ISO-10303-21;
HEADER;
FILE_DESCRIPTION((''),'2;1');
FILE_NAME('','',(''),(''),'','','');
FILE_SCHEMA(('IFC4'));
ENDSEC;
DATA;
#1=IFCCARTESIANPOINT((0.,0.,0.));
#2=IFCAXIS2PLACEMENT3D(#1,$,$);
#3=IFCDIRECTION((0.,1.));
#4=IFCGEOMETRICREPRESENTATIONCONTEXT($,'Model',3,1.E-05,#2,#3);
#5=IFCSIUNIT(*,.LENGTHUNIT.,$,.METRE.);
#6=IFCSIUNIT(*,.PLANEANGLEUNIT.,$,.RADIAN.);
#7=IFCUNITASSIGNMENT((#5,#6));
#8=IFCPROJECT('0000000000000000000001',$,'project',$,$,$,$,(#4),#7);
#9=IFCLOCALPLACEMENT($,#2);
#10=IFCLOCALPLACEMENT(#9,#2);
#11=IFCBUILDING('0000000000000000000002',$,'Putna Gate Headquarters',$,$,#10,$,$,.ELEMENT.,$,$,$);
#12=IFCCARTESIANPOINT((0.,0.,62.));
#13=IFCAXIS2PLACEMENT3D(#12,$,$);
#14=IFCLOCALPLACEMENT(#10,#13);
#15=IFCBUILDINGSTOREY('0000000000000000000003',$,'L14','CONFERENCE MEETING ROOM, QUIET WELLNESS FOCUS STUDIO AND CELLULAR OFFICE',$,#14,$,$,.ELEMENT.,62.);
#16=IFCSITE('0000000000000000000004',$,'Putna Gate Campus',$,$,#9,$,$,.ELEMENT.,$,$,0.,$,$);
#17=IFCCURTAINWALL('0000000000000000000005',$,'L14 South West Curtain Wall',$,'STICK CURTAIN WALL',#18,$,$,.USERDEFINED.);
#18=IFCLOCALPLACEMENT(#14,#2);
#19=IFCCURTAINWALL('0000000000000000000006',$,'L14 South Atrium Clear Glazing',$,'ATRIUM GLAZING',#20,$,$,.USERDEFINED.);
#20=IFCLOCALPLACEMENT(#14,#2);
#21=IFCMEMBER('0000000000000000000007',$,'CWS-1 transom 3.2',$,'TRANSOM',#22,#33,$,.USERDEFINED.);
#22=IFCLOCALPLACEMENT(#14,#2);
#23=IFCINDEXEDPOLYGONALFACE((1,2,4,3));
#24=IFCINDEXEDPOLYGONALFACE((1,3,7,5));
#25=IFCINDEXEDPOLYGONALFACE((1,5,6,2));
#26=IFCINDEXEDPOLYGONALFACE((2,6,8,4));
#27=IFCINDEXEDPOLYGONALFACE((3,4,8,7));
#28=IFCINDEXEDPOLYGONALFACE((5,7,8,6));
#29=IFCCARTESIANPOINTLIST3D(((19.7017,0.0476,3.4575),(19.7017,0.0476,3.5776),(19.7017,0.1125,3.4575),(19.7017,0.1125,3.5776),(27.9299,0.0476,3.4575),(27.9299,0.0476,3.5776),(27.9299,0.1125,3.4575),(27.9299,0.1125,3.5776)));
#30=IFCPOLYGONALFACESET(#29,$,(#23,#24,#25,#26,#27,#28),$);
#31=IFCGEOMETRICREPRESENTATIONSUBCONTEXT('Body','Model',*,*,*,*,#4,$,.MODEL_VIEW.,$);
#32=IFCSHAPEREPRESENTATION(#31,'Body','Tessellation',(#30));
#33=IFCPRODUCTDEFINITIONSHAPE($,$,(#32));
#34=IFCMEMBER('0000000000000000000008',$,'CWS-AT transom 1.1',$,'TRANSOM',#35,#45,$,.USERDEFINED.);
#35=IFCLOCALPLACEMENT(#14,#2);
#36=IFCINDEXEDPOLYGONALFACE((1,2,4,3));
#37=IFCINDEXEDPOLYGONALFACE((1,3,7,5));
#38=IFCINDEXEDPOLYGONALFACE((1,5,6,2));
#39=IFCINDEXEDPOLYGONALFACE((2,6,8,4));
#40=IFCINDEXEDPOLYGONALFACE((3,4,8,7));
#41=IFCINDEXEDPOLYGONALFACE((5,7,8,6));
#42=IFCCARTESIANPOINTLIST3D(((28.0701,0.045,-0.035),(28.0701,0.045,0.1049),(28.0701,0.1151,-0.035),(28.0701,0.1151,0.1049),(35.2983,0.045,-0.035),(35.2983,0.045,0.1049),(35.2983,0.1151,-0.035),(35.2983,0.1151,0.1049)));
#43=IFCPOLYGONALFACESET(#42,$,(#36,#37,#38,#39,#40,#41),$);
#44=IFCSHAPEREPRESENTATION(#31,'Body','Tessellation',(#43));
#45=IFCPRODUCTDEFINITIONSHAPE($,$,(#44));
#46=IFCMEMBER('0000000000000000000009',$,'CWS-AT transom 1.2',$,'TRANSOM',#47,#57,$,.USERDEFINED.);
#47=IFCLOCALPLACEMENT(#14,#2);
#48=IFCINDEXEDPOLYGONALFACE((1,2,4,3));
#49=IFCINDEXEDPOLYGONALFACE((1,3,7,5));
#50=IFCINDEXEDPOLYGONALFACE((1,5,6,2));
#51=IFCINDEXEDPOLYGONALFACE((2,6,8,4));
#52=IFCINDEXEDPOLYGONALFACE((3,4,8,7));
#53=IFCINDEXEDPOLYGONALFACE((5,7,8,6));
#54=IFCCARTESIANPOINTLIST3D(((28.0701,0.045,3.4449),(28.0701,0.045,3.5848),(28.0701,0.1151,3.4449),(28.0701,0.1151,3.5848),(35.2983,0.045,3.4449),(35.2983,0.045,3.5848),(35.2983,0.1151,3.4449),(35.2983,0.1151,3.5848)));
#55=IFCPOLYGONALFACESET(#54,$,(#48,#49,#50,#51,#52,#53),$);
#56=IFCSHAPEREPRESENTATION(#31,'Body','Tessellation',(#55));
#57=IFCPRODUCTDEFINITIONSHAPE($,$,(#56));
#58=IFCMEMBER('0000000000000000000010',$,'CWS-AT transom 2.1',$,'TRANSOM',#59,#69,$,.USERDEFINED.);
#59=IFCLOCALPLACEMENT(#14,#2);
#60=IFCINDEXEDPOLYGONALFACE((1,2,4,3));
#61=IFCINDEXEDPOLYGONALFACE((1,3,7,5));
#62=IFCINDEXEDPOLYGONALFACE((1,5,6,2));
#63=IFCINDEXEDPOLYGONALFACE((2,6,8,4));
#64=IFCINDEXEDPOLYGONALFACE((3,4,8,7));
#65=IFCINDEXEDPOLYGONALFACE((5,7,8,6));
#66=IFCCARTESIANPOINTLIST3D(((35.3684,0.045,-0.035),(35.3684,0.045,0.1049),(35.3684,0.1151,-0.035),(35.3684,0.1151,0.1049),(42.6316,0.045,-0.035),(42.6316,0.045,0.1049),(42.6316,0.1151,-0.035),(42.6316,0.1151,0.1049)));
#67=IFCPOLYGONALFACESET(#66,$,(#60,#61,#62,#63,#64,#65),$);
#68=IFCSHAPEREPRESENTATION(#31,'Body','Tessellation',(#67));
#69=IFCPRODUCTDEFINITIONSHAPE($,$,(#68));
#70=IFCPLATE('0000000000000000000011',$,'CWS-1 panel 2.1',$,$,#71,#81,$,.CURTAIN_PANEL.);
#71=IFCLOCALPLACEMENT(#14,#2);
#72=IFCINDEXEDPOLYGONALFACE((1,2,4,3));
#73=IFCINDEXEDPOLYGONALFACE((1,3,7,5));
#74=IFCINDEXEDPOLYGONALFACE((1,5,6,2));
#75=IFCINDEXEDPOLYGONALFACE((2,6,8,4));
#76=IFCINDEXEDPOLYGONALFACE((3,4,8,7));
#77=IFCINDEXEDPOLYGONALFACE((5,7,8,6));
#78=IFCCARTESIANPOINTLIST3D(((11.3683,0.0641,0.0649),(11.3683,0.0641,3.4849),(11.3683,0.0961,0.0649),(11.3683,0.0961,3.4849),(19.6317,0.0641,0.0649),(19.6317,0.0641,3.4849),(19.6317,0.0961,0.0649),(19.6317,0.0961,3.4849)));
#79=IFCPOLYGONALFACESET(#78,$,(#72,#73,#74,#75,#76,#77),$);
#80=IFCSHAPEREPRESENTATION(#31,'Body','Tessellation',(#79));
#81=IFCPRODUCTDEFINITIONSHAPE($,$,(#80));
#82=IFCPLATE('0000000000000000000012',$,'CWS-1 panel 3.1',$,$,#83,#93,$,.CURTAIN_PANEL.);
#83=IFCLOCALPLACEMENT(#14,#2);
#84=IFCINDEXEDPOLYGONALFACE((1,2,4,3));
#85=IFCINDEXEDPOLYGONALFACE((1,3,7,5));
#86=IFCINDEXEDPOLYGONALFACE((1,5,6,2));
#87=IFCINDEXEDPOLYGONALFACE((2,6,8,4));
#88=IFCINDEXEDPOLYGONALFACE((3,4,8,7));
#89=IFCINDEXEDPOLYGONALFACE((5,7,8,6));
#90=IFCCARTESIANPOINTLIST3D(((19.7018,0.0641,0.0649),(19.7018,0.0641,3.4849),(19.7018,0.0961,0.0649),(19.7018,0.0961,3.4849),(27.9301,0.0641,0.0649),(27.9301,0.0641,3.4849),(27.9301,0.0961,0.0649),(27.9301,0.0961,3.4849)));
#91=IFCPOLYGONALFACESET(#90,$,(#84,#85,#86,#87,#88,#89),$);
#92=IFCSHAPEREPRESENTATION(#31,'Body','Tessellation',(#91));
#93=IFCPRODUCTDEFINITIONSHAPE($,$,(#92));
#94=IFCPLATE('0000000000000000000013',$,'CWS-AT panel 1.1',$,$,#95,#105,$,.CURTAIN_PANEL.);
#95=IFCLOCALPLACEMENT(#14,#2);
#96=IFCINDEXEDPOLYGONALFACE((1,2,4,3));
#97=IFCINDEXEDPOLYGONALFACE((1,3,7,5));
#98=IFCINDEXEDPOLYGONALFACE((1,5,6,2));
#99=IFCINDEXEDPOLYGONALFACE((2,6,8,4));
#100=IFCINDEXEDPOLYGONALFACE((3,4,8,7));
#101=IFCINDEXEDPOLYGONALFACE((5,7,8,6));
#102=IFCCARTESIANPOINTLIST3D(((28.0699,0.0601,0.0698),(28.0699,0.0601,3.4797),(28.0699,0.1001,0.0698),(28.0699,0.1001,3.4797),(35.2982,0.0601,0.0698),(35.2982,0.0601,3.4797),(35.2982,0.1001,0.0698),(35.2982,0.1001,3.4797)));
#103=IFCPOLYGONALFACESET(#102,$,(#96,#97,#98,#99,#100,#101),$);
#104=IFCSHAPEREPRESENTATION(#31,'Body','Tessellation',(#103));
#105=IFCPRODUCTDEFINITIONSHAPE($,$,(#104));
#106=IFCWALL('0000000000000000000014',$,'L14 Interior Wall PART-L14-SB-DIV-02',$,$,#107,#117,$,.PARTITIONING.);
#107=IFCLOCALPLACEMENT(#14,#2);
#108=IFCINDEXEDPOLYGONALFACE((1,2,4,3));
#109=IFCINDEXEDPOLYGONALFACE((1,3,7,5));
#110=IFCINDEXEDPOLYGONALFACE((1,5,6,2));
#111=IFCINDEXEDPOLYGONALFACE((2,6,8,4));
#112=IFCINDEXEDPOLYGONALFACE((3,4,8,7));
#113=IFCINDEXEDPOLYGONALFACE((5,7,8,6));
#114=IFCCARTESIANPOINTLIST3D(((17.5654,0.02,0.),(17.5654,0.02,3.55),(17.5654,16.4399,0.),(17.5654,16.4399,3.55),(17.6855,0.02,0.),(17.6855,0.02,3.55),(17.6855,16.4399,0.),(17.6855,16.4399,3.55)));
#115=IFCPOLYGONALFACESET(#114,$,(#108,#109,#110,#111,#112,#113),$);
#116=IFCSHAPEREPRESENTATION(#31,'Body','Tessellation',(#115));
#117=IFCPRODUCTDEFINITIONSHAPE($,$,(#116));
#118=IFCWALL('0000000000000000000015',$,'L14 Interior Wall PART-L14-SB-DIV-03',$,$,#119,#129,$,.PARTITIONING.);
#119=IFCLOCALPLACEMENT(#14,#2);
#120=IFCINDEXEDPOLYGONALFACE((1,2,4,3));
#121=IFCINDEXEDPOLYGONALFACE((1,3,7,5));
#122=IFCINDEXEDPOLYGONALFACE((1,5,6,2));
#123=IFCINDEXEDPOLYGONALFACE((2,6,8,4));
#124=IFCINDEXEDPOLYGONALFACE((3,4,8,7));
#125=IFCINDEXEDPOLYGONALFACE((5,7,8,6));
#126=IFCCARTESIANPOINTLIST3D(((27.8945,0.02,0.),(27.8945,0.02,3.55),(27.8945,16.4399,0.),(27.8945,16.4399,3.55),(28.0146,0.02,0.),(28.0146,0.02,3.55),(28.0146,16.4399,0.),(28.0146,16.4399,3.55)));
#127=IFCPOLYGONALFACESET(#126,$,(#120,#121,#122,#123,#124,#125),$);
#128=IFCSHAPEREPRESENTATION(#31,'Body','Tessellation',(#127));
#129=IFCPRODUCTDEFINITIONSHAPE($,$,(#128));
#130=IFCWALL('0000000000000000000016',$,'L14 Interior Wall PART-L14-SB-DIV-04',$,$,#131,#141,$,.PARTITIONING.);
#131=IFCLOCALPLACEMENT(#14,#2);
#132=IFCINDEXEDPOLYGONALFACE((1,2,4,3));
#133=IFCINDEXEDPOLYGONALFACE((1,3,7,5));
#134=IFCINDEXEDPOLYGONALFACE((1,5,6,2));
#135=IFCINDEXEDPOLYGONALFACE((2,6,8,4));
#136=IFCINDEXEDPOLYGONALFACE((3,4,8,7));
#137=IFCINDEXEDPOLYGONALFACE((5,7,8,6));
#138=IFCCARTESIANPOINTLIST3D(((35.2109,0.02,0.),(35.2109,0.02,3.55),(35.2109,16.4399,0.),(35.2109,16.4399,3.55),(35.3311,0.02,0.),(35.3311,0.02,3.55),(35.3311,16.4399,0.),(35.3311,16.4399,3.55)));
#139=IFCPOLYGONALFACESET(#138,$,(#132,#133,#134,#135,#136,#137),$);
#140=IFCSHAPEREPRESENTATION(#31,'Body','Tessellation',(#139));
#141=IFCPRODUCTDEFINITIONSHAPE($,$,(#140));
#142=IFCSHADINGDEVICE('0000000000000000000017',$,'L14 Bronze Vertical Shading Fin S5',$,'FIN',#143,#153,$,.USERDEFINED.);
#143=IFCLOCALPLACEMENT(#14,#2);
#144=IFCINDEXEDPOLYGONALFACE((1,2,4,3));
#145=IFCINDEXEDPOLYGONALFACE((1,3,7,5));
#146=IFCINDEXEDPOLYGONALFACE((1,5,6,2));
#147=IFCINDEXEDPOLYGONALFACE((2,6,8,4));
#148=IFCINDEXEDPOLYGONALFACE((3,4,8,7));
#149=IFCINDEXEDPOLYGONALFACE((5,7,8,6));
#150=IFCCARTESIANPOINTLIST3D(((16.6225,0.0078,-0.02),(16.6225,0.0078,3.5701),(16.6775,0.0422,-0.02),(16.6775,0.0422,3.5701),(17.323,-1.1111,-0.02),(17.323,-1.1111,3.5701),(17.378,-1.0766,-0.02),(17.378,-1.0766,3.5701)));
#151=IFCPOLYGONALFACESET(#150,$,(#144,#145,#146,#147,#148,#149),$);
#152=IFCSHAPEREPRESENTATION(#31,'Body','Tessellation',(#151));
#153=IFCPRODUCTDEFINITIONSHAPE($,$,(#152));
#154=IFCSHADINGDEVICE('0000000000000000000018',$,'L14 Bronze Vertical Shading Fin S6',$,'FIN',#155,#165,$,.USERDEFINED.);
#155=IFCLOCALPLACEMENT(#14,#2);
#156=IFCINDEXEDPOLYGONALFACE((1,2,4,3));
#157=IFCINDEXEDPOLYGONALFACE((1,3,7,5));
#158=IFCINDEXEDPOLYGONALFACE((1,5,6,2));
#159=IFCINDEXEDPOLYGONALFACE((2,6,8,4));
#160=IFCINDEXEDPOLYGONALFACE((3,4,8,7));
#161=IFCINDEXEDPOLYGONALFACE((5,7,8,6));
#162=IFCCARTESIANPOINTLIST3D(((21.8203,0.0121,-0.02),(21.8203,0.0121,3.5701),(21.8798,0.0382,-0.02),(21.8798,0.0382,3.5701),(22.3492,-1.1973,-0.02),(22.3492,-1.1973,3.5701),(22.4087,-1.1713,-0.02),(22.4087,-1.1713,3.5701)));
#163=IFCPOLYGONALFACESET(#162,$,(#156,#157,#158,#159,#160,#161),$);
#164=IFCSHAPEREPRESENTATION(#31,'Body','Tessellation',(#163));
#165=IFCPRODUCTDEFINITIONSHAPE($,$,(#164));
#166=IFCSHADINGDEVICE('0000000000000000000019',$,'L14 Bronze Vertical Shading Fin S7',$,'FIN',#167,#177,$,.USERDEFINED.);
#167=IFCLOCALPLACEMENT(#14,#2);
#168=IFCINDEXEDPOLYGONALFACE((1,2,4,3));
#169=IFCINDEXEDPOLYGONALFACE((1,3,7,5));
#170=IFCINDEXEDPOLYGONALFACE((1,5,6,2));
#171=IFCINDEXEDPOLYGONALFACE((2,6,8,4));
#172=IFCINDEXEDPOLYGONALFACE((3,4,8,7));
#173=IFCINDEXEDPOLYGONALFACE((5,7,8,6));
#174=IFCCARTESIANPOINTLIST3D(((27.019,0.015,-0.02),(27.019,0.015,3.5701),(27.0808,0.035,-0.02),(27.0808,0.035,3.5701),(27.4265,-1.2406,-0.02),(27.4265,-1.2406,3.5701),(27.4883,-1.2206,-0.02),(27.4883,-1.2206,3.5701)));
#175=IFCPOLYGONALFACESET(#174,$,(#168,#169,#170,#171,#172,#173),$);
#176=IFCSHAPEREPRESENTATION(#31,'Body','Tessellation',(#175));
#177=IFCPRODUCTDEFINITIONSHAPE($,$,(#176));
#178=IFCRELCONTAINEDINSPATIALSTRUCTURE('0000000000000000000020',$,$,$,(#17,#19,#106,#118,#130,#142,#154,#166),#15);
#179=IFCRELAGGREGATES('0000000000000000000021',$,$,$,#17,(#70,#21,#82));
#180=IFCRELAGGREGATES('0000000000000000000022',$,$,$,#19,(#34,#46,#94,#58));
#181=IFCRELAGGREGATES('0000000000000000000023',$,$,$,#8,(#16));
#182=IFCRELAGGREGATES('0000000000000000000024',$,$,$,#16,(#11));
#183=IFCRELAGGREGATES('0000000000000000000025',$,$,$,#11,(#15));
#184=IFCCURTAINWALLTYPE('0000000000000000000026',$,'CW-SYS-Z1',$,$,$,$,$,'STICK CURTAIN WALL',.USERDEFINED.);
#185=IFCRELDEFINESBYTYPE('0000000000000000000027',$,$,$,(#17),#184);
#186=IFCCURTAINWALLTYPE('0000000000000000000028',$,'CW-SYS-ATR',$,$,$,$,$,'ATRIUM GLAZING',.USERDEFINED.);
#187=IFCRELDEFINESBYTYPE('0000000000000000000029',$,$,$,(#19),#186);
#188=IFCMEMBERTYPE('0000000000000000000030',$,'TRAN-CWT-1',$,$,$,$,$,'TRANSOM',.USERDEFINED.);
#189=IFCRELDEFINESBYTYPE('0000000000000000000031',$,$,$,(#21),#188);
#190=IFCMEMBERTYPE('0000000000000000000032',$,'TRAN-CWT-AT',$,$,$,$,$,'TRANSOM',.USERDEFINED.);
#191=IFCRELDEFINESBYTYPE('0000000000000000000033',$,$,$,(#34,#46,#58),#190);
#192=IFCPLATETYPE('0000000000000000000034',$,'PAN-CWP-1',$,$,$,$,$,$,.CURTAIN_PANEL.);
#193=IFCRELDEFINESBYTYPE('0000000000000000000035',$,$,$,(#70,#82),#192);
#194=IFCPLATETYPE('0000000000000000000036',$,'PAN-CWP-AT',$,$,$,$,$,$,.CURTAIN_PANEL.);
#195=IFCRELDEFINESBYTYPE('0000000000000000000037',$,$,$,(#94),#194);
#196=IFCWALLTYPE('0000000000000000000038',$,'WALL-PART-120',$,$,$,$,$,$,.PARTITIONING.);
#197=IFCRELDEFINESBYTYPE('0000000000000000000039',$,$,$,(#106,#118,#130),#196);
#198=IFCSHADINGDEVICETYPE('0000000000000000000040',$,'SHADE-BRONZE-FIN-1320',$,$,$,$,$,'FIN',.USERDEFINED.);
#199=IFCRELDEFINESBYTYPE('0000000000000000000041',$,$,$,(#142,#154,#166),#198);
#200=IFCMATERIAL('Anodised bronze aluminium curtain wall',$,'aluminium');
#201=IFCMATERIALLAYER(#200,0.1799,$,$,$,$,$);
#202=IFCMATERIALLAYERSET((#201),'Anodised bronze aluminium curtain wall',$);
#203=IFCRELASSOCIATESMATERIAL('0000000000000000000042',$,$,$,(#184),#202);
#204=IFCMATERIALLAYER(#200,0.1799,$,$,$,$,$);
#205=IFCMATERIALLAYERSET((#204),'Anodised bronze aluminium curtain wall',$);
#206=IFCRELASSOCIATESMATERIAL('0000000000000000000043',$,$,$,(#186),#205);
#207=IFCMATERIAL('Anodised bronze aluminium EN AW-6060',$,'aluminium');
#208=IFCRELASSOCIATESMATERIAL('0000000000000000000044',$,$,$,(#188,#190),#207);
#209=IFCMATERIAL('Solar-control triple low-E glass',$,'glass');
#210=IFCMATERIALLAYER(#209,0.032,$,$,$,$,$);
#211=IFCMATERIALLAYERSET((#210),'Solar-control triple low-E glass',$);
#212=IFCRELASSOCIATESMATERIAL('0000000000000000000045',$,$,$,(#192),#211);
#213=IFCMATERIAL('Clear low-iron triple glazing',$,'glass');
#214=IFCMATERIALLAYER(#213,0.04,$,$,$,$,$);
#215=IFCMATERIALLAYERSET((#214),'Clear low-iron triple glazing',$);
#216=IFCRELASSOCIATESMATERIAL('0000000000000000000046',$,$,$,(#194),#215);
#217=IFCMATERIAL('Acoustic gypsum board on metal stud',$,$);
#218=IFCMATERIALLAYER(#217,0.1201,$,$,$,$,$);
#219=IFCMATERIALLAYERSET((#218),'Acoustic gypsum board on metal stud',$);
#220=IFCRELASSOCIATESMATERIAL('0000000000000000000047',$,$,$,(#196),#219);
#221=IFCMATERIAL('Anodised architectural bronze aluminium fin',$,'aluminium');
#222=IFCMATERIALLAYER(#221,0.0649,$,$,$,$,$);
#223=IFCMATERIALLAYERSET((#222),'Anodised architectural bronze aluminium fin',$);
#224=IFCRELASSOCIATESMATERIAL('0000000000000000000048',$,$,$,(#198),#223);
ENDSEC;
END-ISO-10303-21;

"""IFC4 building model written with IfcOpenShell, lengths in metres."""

from ifc_helpers import new_model, si_unit, direction, frame, frame_2d, origin, origin_2d, place, context, subcontext, project, spatial, rectangle, extrude, material, layer, layer_set, material_profile, profile_set, type_object, element, aggregate, save


model = new_model("IFC4")

# Units and contexts
model_context = context("Model", 3, precision=1e-05, world=origin(), true_north=direction((0.0, 1.0)))
body_context = subcontext(model_context, "Body", "Model", "MODEL_VIEW")
ifc_project = project(units=[si_unit("LENGTHUNIT", "METRE"), si_unit("PLANEANGLEUNIT", "RADIAN")], contexts=[model_context])

# Site, building, storey
site_placement = place(None, origin())
site = spatial("IfcSite", under=ifc_project, at=site_placement, Name="Putna Gate Campus", CompositionType="ELEMENT", RefElevation=0.0)
building_placement = place(site_placement, origin())
building = spatial("IfcBuilding", under=site, at=building_placement, Name="Putna Gate Headquarters", CompositionType="ELEMENT")
storey_placement = place(building_placement, frame((0.0, 0.0, 62.0)))
storey = spatial("IfcBuildingStorey", under=building, at=storey_placement, Name="L14", Description="CONFERENCE MEETING ROOM, QUIET WELLNESS FOCUS STUDIO AND CELLULAR OFFICE", CompositionType="ELEMENT", Elevation=62.0)

# Curtain walls
ifc_material_1 = material(Name="Anodised bronze aluminium curtain wall", Category="aluminium")
ifc_layer_1 = layer(ifc_material_1, 0.1799)
ifc_layer_set_1 = layer_set([ifc_layer_1], Name="Anodised bronze aluminium curtain wall")
curtain_wall_type_1 = type_object("IfcCurtainWallType", Name="CW-SYS-Z1", ElementType="STICK CURTAIN WALL", PredefinedType="USERDEFINED", material=ifc_layer_set_1)
curtain_wall_1_placement = place(storey_placement, origin())
curtain_wall_1 = element("IfcCurtainWall", 1, at=curtain_wall_1_placement, inside=storey, type_object=curtain_wall_type_1, Name="L14 South West Curtain Wall", ObjectType="STICK CURTAIN WALL", PredefinedType="USERDEFINED")
ifc_material_2 = material(Name="Anodised bronze aluminium EN AW-6060", Category="aluminium")
ifc_layer_2 = layer(ifc_material_1, 0.1799)
ifc_layer_set_2 = layer_set([ifc_layer_2], Name="Anodised bronze aluminium curtain wall")
curtain_wall_type_2 = type_object("IfcCurtainWallType", Name="CW-SYS-ATR", ElementType="ATRIUM GLAZING", PredefinedType="USERDEFINED", material=ifc_layer_set_2)
curtain_wall_2_placement = place(storey_placement, origin())
curtain_wall_2 = element("IfcCurtainWall", 2, at=curtain_wall_2_placement, inside=storey, type_object=curtain_wall_type_2, Name="L14 South Atrium Clear Glazing", ObjectType="ATRIUM GLAZING", PredefinedType="USERDEFINED")

# Members
ifc_material_profile_1 = material_profile(ifc_material_2, rectangle(XDim=0.0649, YDim=0.1201, at=origin_2d()), Name="Anodised bronze aluminium EN AW-6060")
ifc_profile_set_1 = profile_set([ifc_material_profile_1], Name="Anodised bronze aluminium EN AW-6060")
member_type_1 = type_object("IfcMemberType", Name="TRAN-CWT-1", ElementType="TRANSOM", PredefinedType="USERDEFINED", material=ifc_profile_set_1)
member_1_placement = place(storey_placement, frame((19.7017, 0.0801, 3.5176), z_axis=(1.0, 0.0, 0.0), x_axis=(0.0, 1.0, 0.0)))
member_1 = element("IfcMember", 3, at=member_1_placement, type_object=member_type_1, Name="CWS-1 transom 3.2", ObjectType="TRANSOM", PredefinedType="USERDEFINED", context=body_context, shape_type="SweptSolid", body=[
    extrude(rectangle(XDim=0.0649, YDim=0.1201, at=origin_2d()), origin(), (0.0, 0.0, 1.0), 8.2283),
])
ifc_material_profile_2 = material_profile(ifc_material_2, rectangle(XDim=0.0701, YDim=0.1399, at=origin_2d()), Name="Anodised bronze aluminium EN AW-6060")
ifc_profile_set_2 = profile_set([ifc_material_profile_2], Name="Anodised bronze aluminium EN AW-6060")
member_type_2 = type_object("IfcMemberType", Name="TRAN-CWT-AT", ElementType="TRANSOM", PredefinedType="USERDEFINED", material=ifc_profile_set_2)
member_2_placement = place(storey_placement, frame((28.0701, 0.0801, 0.0349), z_axis=(1.0, 0.0, 0.0), x_axis=(0.0, 1.0, 0.0)))
member_2 = element("IfcMember", 4, at=member_2_placement, type_object=member_type_2, Name="CWS-AT transom 1.1", ObjectType="TRANSOM", PredefinedType="USERDEFINED", context=body_context, shape_type="SweptSolid", body=[
    extrude(rectangle(XDim=0.0701, YDim=0.1399, at=origin_2d()), origin(), (0.0, 0.0, 1.0), 7.2283),
])
member_3_placement = place(storey_placement, frame((28.0701, 0.0801, 3.5149), z_axis=(1.0, 0.0, 0.0), x_axis=(0.0, 1.0, 0.0)))
member_3 = element("IfcMember", 5, at=member_3_placement, type_object=member_type_2, Name="CWS-AT transom 1.2", ObjectType="TRANSOM", PredefinedType="USERDEFINED", context=body_context, shape_type="SweptSolid", body=[
    extrude(rectangle(XDim=0.0701, YDim=0.1399, at=origin_2d()), origin(), (0.0, 0.0, 1.0), 7.2283),
])
member_4_placement = place(storey_placement, frame((35.3684, 0.0801, 0.0349), z_axis=(1.0, 0.0, 0.0), x_axis=(0.0, 1.0, 0.0)))
member_4 = element("IfcMember", 6, at=member_4_placement, type_object=member_type_2, Name="CWS-AT transom 2.1", ObjectType="TRANSOM", PredefinedType="USERDEFINED", context=body_context, shape_type="SweptSolid", body=[
    extrude(rectangle(XDim=0.0701, YDim=0.1399, at=origin_2d()), origin(), (0.0, 0.0, 1.0), 7.2632),
])

# Plates
ifc_material_3 = material(Name="Solar-control triple low-E glass", Category="glass")
ifc_layer_3 = layer(ifc_material_3, 0.032)
ifc_layer_set_3 = layer_set([ifc_layer_3], Name="Solar-control triple low-E glass")
plate_type_1 = type_object("IfcPlateType", Name="PAN-CWP-1", PredefinedType="CURTAIN_PANEL", material=ifc_layer_set_3)
plate_1_placement = place(storey_placement, frame((15.5, 0.0801, 0.0649), z_axis=(0.0, 0.0, 1.0), x_axis=(1.0, 0.0, 0.0)))
plate_1 = element("IfcPlate", 7, at=plate_1_placement, type_object=plate_type_1, Name="CWS-1 panel 2.1", PredefinedType="CURTAIN_PANEL", context=body_context, shape_type="SweptSolid", body=[
    extrude(rectangle(XDim=8.2634, YDim=0.032, at=origin_2d()), origin(), (0.0, 0.0, 1.0), 3.4199),
])
plate_2_placement = place(storey_placement, frame((23.8159, 0.0801, 0.0649), z_axis=(0.0, 0.0, 1.0), x_axis=(1.0, 0.0, 0.0)))
plate_2 = element("IfcPlate", 8, at=plate_2_placement, type_object=plate_type_1, Name="CWS-1 panel 3.1", PredefinedType="CURTAIN_PANEL", context=body_context, shape_type="SweptSolid", body=[
    extrude(rectangle(XDim=8.2283, YDim=0.032, at=origin_2d()), origin(), (0.0, 0.0, 1.0), 3.4199),
])
aggregate(curtain_wall_1, [plate_1, member_1, plate_2])
ifc_material_4 = material(Name="Clear low-iron triple glazing", Category="glass")
ifc_layer_4 = layer(ifc_material_4, 0.04)
ifc_layer_set_4 = layer_set([ifc_layer_4], Name="Clear low-iron triple glazing")
plate_type_2 = type_object("IfcPlateType", Name="PAN-CWP-AT", PredefinedType="CURTAIN_PANEL", material=ifc_layer_set_4)
plate_3_placement = place(storey_placement, frame((31.6841, 0.0801, 0.0698), z_axis=(0.0, 0.0, 1.0), x_axis=(1.0, 0.0, 0.0)))
plate_3 = element("IfcPlate", 9, at=plate_3_placement, type_object=plate_type_2, Name="CWS-AT panel 1.1", PredefinedType="CURTAIN_PANEL", context=body_context, shape_type="SweptSolid", body=[
    extrude(rectangle(XDim=7.2283, YDim=0.04, at=origin_2d()), origin(), (0.0, 0.0, 1.0), 3.4099),
])
aggregate(curtain_wall_2, [member_2, member_3, plate_3, member_4])

# Walls
ifc_material_5 = material(Name="Acoustic gypsum board on metal stud")
ifc_layer_5 = layer(ifc_material_5, 0.1201)
ifc_layer_set_5 = layer_set([ifc_layer_5], Name="Acoustic gypsum board on metal stud")
wall_type = type_object("IfcWallType", Name="WALL-PART-120", PredefinedType="PARTITIONING", material=ifc_layer_set_5)
for number, where, z_axis, x_axis, name in (
    (10, (17.6255, 0.02, 0.0), (0.0, 0.0, 1.0), (0.0, 1.0, 0.0), "L14 Interior Wall PART-L14-SB-DIV-02"),
    (11, (27.9546, 0.02, 0.0), (0.0, 0.0, 1.0), (0.0, 1.0, 0.0), "L14 Interior Wall PART-L14-SB-DIV-03"),
    (12, (35.271, 0.02, 0.0), (0.0, 0.0, 1.0), (0.0, 1.0, 0.0), "L14 Interior Wall PART-L14-SB-DIV-04"),
):
    element("IfcWall", number, at=place(storey_placement, frame(where, z_axis=z_axis, x_axis=x_axis)), inside=storey, type_object=wall_type, Name=name, PredefinedType="PARTITIONING", context=body_context, shape_type="SweptSolid", body=[
        extrude(rectangle(XDim=16.4199, YDim=0.1201, at=frame_2d((8.21, 0.0))), origin(), (0.0, 0.0, 1.0), 3.55),
    ])

# Shading devices
ifc_material_6 = material(Name="Anodised architectural bronze aluminium fin", Category="aluminium")
ifc_layer_6 = layer(ifc_material_6, 0.0649)
ifc_layer_set_6 = layer_set([ifc_layer_6], Name="Anodised architectural bronze aluminium fin")
shading_device_type = type_object("IfcShadingDeviceType", Name="SHADE-BRONZE-FIN-1320", ElementType="FIN", PredefinedType="USERDEFINED", material=ifc_layer_set_6)
for number, where, z_axis, x_axis, name in (
    (13, (17.0002, -0.5344, -0.02), (0.0, 0.0, 1.0), (0.530659, -0.847585, 0.0), "L14 Bronze Vertical Shading Fin S5"),
    (14, (22.1145, -0.5796, -0.02), (0.0, 0.0, 1.0), (0.400669, -0.916223, 0.0), "L14 Bronze Vertical Shading Fin S6"),
    (15, (27.2537, -0.6028, -0.02), (0.0, 0.0, 1.0), (0.308685, -0.951164, 0.0), "L14 Bronze Vertical Shading Fin S7"),
):
    element("IfcShadingDevice", number, at=place(storey_placement, frame(where, z_axis=z_axis, x_axis=x_axis)), inside=storey, type_object=shading_device_type, Name=name, ObjectType="FIN", PredefinedType="USERDEFINED", context=body_context, shape_type="SweptSolid", body=[
        extrude(rectangle(XDim=1.3201, YDim=0.0649, at=origin_2d()), origin(), (0.0, 0.0, 1.0), 3.5901),
    ])

save(model, "model.ifc")
